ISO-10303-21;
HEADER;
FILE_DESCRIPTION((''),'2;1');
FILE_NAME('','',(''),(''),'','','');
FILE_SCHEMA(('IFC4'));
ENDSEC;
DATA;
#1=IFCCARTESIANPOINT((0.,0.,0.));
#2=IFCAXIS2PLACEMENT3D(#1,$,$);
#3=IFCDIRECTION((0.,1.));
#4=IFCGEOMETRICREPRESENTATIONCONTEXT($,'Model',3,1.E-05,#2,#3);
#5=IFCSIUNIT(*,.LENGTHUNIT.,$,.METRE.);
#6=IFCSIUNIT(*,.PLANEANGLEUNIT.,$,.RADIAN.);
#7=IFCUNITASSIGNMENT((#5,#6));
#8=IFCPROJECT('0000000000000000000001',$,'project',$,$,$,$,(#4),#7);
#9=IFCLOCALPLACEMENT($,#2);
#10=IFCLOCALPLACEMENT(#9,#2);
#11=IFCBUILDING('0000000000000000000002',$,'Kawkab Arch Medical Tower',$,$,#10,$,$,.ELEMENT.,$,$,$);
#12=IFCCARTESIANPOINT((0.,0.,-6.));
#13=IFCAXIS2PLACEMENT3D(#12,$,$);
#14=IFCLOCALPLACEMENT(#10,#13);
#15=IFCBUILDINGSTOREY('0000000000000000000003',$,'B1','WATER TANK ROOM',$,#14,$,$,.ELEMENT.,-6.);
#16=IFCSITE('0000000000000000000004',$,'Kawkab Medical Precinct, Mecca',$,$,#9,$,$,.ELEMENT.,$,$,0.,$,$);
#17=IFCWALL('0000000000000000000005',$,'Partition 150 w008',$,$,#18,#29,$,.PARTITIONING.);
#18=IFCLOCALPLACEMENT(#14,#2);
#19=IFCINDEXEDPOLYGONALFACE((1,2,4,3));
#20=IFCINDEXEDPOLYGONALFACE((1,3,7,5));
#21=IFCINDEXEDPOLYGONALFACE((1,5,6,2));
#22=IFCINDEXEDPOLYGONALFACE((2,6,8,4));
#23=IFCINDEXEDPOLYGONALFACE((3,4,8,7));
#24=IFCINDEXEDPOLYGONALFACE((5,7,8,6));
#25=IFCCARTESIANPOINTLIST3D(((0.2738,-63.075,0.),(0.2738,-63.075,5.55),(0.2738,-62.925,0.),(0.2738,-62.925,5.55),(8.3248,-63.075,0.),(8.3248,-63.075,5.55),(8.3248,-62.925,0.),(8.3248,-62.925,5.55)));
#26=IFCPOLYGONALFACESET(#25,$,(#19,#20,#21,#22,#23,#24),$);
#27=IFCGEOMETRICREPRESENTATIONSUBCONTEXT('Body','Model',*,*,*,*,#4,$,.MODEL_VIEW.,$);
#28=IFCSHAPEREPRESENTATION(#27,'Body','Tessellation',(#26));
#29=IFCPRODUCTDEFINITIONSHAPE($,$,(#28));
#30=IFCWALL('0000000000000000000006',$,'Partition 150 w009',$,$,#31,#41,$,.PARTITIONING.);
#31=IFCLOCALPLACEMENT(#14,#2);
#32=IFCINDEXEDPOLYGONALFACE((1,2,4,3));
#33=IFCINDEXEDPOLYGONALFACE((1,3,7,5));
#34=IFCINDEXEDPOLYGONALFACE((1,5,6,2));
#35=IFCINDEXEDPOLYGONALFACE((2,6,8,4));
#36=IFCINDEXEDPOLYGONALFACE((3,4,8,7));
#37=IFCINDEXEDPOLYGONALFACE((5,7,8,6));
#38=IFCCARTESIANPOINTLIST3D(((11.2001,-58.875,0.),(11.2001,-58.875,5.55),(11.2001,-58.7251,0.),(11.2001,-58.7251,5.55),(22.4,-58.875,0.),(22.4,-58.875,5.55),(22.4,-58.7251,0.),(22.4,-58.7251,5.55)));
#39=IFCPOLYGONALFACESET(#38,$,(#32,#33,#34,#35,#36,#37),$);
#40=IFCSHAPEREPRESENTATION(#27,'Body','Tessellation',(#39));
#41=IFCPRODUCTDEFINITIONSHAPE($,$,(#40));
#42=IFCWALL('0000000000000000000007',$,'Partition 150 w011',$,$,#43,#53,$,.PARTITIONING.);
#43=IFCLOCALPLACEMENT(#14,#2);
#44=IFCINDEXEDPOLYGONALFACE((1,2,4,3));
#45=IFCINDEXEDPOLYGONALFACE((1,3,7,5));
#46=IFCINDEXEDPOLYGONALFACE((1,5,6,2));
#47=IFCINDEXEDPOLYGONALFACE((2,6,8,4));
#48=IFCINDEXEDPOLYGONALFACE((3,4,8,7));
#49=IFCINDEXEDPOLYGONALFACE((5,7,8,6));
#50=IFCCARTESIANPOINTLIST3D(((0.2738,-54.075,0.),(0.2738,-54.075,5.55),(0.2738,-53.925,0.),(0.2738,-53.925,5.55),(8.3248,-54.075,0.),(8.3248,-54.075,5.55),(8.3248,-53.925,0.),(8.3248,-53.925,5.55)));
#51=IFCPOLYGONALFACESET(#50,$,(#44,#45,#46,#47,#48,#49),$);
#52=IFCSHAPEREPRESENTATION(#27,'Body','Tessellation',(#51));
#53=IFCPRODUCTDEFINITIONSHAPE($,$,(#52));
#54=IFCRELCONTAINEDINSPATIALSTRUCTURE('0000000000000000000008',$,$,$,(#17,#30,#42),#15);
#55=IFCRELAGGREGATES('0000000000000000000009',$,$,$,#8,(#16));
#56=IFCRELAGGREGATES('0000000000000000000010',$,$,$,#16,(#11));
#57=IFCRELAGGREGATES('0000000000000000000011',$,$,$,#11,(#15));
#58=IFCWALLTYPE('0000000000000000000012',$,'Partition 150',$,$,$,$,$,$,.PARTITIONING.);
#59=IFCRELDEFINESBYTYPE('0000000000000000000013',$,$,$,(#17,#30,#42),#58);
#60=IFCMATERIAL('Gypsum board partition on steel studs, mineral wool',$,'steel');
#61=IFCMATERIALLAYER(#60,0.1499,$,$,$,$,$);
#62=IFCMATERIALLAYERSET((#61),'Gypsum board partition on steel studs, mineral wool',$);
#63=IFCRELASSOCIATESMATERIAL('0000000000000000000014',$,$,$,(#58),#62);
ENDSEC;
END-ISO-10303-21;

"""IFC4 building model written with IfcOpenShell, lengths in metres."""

from ifc_helpers import new_model, si_unit, direction, frame, frame_2d, origin, place, context, subcontext, project, spatial, rectangle, extrude, material, layer, layer_set, type_object, element, save


model = new_model("IFC4")

# Units and contexts
model_context = context("Model", 3, precision=1e-05, world=origin(), true_north=direction((0.0, 1.0)))
body_context = subcontext(model_context, "Body", "Model", "MODEL_VIEW")
ifc_project = project(units=[si_unit("LENGTHUNIT", "METRE"), si_unit("PLANEANGLEUNIT", "RADIAN")], contexts=[model_context])

# Site, building, storey
site_placement = place(None, origin())
site = spatial("IfcSite", under=ifc_project, at=site_placement, Name="Kawkab Medical Precinct, Mecca", CompositionType="ELEMENT", RefElevation=0.0)
building_placement = place(site_placement, origin())
building = spatial("IfcBuilding", under=site, at=building_placement, Name="Kawkab Arch Medical Tower", CompositionType="ELEMENT")
storey_placement = place(building_placement, frame((0.0, 0.0, -6.0)))
storey = spatial("IfcBuildingStorey", under=building, at=storey_placement, Name="B1", Description="WATER TANK ROOM", CompositionType="ELEMENT", Elevation=-6.0)

# Walls
ifc_material_1 = material(Name="Gypsum board partition on steel studs, mineral wool", Category="steel")
ifc_layer = layer(ifc_material_1, 0.1499)
ifc_layer_set = layer_set([ifc_layer], Name="Gypsum board partition on steel studs, mineral wool")
wall_type = type_object("IfcWallType", Name="Partition 150", PredefinedType="PARTITIONING", material=ifc_layer_set)
wall_1_placement = place(storey_placement, frame((0.2739, -63.0, 0.0), z_axis=(0.0, 0.0, 1.0), x_axis=(1.0, 0.0, 0.0)))
element("IfcWall", 1, at=wall_1_placement, inside=storey, type_object=wall_type, Name="Partition 150 w008", PredefinedType="PARTITIONING", context=body_context, shape_type="SweptSolid", body=[
    extrude(rectangle(XDim=8.051, YDim=0.1499, at=frame_2d((4.0254, 0.0))), origin(), (0.0, 0.0, 1.0), 5.55),
])
wall_2_placement = place(storey_placement, frame((11.2, -58.8, 0.0), z_axis=(0.0, 0.0, 1.0), x_axis=(1.0, 0.0, 0.0)))
element("IfcWall", 2, at=wall_2_placement, inside=storey, type_object=wall_type, Name="Partition 150 w009", PredefinedType="PARTITIONING", context=body_context, shape_type="SweptSolid", body=[
    extrude(rectangle(XDim=11.2, YDim=0.1499, at=frame_2d((5.6001, 0.0))), origin(), (0.0, 0.0, 1.0), 5.55),
])
wall_3_placement = place(storey_placement, frame((0.2739, -54.0, 0.0), z_axis=(0.0, 0.0, 1.0), x_axis=(1.0, 0.0, 0.0)))
element("IfcWall", 3, at=wall_3_placement, inside=storey, type_object=wall_type, Name="Partition 150 w011", PredefinedType="PARTITIONING", context=body_context, shape_type="SweptSolid", body=[
    extrude(rectangle(XDim=8.051, YDim=0.1499, at=frame_2d((4.0254, 0.0))), origin(), (0.0, 0.0, 1.0), 5.55),
])

save(model, "model.ifc")
